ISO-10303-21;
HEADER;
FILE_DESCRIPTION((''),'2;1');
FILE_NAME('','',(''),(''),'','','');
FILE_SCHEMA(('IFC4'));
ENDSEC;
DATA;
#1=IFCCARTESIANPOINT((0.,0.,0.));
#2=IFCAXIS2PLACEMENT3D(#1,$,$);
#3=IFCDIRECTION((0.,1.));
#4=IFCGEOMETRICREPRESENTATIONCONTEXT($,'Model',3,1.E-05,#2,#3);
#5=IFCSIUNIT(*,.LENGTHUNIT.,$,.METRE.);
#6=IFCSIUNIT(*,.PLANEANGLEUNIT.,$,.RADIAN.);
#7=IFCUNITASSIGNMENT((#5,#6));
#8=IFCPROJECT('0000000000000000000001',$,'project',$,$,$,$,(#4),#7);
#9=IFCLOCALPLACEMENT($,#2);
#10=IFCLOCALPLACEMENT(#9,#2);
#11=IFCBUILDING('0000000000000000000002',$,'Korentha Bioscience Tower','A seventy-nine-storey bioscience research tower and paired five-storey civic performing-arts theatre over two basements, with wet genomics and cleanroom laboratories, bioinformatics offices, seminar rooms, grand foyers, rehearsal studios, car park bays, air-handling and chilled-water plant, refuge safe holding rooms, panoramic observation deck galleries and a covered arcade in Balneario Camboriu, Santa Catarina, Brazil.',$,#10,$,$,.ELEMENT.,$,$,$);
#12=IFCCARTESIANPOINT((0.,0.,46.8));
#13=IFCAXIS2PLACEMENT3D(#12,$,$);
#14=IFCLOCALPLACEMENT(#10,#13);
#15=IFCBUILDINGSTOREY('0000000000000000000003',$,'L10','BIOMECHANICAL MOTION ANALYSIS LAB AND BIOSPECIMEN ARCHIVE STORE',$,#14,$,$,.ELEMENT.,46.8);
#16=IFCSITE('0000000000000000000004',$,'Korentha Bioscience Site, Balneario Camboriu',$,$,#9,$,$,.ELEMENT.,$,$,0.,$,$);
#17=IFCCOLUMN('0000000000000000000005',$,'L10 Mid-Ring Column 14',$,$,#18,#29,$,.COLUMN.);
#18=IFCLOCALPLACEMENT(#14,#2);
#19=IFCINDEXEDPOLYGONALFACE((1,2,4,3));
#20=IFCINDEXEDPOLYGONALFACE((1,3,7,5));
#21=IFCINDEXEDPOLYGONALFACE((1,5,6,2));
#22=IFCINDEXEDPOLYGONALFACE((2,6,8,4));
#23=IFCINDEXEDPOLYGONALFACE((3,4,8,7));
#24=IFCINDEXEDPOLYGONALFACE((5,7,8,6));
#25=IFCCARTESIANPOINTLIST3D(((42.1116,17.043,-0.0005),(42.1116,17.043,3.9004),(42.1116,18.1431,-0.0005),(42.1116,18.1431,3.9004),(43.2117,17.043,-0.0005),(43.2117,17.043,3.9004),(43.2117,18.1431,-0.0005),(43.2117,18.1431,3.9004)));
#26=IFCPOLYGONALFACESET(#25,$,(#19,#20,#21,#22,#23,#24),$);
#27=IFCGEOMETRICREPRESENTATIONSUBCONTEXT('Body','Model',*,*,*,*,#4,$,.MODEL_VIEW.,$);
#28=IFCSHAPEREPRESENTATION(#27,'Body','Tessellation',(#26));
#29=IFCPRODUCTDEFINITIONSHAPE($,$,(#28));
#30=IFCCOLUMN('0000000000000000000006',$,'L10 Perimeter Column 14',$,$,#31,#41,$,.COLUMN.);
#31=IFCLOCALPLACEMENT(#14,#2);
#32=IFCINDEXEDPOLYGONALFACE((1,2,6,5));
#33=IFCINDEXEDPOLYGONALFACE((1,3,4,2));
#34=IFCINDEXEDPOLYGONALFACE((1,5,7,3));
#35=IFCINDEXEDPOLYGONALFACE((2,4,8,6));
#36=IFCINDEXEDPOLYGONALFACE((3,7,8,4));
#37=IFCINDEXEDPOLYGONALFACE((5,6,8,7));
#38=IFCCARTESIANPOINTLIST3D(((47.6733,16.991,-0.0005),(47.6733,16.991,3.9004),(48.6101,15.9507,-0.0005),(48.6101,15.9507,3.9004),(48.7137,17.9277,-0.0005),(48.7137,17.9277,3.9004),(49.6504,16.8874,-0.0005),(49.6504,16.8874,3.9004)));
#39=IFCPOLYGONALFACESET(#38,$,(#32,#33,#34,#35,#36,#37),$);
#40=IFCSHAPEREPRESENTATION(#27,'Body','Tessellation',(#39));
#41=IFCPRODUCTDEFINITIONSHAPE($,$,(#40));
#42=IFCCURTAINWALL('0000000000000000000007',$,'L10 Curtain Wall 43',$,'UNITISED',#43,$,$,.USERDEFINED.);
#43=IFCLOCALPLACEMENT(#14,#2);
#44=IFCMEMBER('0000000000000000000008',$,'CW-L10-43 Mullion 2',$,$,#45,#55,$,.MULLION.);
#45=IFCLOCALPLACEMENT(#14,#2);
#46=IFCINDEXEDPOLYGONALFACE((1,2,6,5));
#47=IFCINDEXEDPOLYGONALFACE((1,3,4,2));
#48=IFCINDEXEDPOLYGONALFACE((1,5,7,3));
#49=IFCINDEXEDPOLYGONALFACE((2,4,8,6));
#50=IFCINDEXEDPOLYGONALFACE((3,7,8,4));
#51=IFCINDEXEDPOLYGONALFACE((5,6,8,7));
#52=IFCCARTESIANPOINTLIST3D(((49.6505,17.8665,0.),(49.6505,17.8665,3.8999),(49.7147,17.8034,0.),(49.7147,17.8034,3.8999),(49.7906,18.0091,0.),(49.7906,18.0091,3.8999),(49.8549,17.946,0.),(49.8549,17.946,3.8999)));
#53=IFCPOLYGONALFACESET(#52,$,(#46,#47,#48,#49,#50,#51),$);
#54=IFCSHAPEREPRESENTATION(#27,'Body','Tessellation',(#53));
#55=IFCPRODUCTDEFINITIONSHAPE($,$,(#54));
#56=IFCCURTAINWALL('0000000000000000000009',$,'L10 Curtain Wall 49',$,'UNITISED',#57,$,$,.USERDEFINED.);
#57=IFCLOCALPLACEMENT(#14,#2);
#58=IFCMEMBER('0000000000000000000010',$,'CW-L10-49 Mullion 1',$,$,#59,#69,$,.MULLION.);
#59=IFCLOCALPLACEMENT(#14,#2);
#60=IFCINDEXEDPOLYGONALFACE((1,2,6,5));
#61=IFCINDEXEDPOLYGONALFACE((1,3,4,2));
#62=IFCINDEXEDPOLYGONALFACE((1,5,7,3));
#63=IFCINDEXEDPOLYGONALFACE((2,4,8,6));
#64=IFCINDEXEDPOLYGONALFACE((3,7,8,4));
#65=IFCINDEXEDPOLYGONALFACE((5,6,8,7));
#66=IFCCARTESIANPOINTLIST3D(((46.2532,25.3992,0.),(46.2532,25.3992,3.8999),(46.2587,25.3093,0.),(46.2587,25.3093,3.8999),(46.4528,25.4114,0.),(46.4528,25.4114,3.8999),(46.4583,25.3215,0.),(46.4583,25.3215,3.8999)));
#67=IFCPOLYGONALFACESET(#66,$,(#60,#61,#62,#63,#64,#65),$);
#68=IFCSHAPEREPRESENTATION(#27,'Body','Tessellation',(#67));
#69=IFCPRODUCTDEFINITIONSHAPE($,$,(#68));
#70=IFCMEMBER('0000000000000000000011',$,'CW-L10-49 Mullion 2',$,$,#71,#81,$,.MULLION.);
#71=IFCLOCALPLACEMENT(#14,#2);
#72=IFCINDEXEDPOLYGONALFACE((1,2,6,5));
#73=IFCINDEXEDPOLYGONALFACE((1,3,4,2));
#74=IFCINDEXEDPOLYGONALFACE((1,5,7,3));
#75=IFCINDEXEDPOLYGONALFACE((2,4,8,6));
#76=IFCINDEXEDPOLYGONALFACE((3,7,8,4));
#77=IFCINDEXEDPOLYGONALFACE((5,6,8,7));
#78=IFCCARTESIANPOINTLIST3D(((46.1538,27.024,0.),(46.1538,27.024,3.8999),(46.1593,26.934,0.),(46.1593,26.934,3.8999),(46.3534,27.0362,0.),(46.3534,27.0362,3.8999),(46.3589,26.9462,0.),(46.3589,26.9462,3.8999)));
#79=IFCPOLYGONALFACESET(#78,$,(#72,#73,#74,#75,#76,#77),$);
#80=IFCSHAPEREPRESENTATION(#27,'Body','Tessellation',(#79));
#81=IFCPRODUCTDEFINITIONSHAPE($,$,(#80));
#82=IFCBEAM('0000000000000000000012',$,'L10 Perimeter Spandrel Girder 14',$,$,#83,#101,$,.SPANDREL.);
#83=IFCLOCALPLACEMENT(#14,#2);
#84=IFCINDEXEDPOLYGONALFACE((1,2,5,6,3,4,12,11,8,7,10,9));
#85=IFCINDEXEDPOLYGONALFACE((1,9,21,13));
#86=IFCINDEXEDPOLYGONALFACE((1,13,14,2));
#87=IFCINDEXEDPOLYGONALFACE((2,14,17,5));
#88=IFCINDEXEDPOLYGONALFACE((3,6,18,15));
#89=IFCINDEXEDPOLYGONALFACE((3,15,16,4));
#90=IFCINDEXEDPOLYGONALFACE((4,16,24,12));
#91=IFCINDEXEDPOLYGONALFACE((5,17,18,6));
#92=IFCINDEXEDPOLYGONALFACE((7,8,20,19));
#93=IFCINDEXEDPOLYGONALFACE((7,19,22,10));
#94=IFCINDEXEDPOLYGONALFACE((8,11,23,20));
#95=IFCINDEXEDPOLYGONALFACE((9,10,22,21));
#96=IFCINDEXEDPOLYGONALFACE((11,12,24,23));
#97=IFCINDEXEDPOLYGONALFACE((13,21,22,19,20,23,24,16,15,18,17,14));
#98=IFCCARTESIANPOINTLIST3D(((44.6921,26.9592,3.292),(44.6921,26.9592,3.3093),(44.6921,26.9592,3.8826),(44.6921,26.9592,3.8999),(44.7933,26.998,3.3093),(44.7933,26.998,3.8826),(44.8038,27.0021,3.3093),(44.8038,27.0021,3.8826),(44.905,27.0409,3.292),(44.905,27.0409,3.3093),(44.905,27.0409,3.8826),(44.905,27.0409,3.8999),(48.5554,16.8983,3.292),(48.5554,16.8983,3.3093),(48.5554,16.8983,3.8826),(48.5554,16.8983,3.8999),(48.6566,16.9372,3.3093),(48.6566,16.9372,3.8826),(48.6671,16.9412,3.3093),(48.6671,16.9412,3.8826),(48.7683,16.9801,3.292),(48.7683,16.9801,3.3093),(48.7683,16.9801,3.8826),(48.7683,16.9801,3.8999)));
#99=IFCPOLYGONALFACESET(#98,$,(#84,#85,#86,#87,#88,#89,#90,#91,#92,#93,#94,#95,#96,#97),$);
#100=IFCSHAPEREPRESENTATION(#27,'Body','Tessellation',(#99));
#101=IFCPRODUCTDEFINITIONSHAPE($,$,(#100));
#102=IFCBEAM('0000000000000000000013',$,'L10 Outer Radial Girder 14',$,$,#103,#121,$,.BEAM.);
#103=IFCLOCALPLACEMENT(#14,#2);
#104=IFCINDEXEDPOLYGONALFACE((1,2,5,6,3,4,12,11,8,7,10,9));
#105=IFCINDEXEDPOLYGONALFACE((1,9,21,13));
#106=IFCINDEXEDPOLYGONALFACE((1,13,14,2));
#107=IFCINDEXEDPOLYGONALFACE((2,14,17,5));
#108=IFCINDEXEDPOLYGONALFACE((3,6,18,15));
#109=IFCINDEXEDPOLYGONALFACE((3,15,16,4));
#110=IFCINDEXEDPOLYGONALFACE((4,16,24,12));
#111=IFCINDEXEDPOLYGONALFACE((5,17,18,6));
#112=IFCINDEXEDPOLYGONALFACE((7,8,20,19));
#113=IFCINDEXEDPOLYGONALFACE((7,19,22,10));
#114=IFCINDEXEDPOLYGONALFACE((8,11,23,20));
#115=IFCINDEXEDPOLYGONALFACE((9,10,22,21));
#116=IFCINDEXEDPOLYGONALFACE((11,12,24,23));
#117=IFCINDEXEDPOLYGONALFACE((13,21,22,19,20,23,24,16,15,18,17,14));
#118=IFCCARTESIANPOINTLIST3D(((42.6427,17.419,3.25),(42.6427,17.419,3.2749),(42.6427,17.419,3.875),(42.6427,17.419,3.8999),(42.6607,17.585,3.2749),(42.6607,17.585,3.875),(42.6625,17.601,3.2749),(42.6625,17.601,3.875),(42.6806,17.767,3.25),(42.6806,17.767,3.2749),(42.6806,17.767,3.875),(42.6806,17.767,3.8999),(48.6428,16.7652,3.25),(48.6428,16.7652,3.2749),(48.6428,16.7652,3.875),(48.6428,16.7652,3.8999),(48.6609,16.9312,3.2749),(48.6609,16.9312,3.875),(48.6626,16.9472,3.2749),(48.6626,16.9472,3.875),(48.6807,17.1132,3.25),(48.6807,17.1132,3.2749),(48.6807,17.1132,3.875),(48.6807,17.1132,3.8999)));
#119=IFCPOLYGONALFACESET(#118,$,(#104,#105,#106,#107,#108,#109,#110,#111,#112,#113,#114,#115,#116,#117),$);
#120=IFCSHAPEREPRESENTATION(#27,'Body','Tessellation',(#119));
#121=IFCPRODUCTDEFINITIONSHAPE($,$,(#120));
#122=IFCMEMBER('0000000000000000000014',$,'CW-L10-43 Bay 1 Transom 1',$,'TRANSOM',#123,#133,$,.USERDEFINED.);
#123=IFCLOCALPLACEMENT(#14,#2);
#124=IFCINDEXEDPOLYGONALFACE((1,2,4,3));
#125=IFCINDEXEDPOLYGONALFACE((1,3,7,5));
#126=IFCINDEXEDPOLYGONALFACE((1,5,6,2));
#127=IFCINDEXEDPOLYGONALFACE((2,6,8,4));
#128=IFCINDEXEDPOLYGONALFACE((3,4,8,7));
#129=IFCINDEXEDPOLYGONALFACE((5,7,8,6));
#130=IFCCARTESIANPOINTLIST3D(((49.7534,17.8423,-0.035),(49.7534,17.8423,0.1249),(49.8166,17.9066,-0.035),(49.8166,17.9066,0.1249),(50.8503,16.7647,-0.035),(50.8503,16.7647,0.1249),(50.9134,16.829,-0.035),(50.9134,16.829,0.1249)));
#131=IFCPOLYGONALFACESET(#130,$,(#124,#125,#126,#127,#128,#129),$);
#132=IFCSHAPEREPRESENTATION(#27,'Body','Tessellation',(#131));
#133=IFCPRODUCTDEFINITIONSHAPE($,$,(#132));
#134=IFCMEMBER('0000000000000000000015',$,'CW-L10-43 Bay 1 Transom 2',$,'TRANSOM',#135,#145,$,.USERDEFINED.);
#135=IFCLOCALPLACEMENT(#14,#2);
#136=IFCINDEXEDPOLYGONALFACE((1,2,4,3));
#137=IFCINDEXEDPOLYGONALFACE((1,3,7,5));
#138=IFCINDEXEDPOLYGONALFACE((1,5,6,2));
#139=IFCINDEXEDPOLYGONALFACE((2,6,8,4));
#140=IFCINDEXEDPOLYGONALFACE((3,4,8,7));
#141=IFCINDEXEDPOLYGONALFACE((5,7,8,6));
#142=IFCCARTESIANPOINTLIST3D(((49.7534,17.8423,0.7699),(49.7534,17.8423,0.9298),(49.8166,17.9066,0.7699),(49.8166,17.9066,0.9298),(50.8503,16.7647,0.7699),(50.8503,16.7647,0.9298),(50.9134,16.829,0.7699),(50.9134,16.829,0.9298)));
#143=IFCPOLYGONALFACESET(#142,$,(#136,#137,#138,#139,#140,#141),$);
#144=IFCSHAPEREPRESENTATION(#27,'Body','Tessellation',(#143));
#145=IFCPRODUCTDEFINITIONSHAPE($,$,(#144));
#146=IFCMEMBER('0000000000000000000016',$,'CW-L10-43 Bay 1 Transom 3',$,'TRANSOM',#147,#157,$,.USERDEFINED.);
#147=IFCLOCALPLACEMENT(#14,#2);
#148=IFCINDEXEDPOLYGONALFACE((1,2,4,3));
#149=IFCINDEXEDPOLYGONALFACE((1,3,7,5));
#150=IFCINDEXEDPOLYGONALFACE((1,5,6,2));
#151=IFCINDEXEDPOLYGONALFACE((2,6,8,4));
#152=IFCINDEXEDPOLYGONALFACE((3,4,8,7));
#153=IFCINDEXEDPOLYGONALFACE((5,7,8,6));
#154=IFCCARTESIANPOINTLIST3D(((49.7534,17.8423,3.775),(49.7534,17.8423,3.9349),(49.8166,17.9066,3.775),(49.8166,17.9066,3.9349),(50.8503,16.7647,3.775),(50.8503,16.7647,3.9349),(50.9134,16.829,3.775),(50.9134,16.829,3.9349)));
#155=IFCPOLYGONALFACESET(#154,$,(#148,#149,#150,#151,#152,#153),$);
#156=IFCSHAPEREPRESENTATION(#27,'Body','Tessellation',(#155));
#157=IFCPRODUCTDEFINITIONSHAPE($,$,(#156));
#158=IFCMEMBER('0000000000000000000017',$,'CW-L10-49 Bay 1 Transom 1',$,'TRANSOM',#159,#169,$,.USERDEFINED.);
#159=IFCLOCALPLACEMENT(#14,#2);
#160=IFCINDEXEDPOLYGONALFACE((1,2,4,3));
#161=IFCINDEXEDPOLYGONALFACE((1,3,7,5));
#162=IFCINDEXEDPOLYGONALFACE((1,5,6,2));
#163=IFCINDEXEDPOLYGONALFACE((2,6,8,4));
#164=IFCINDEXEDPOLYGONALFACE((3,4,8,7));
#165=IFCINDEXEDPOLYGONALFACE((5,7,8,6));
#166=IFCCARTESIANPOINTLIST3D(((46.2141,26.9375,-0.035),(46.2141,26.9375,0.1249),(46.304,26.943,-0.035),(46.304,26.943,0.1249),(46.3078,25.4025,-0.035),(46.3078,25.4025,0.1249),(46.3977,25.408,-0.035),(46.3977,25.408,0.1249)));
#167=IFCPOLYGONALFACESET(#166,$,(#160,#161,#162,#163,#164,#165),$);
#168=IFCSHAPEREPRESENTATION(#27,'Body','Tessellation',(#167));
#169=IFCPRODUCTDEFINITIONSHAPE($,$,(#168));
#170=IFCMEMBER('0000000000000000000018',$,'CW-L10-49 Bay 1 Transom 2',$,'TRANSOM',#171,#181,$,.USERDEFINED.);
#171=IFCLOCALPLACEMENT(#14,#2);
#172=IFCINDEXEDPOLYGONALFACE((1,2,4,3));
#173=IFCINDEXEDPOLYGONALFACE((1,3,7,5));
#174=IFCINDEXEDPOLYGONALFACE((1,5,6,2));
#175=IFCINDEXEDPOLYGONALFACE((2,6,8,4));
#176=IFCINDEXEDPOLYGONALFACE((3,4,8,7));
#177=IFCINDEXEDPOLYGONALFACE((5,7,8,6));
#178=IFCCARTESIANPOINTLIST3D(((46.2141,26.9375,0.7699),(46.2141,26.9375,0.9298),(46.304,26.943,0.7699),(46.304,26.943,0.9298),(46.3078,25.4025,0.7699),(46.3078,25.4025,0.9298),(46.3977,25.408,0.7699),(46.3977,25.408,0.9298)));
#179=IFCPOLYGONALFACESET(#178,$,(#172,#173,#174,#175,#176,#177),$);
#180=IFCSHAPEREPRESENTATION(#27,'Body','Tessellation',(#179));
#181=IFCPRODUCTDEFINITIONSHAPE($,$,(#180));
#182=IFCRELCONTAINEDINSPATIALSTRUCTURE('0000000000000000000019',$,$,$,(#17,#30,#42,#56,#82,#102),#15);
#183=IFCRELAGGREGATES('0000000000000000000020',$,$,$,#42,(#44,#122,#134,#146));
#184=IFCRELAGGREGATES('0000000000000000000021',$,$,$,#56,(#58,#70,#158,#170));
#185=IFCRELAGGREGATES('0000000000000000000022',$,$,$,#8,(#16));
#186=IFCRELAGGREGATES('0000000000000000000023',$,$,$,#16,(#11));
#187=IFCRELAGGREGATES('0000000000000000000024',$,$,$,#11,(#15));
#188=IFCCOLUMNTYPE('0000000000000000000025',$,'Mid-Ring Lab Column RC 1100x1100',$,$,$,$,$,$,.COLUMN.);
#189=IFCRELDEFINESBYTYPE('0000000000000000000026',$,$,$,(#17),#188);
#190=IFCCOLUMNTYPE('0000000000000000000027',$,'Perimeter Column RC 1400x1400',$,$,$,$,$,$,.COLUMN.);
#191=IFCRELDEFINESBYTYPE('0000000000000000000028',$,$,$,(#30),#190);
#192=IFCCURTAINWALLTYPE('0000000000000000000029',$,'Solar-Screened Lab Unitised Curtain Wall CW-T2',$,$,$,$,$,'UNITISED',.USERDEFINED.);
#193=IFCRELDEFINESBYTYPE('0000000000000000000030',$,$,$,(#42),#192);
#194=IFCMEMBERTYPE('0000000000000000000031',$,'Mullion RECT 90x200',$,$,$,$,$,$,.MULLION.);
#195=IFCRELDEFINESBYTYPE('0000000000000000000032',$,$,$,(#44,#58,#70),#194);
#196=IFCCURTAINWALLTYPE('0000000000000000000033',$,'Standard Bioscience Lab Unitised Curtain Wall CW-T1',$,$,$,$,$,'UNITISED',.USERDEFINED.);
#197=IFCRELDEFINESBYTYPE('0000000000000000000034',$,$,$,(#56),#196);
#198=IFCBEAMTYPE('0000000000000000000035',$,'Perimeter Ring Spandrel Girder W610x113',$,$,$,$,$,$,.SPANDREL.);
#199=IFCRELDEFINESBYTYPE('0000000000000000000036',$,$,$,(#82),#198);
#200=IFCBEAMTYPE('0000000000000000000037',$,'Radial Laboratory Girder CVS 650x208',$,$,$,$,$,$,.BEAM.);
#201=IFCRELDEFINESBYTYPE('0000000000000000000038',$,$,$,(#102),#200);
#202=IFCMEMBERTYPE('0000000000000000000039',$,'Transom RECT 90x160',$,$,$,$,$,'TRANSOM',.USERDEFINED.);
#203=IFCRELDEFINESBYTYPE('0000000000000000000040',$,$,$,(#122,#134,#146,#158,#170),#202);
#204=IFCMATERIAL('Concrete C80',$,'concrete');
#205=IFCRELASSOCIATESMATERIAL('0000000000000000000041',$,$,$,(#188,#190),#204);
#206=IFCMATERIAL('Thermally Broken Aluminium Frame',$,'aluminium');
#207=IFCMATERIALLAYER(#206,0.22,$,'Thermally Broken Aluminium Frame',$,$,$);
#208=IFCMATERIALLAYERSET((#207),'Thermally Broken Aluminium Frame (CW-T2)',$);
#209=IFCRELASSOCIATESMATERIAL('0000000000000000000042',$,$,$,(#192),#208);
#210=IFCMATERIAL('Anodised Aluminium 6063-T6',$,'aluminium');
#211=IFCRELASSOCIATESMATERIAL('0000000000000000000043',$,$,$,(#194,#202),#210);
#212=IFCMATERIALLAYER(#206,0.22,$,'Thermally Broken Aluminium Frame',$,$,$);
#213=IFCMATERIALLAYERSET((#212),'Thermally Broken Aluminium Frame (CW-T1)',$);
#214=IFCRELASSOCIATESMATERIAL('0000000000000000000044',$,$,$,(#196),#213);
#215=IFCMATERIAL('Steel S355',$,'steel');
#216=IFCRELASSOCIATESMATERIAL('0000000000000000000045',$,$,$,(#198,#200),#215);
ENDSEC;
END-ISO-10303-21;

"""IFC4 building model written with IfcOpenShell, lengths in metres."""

from ifc_helpers import new_model, si_unit, direction, frame, origin, origin_2d, place, context, subcontext, project, spatial, rectangle, i_section, extrude, material, layer, layer_set, material_profile, profile_set, type_object, element, aggregate, save


model = new_model("IFC4")

# Units and contexts
model_context = context("Model", 3, precision=1e-05, world=origin(), true_north=direction((0.0, 1.0)))
body_context = subcontext(model_context, "Body", "Model", "MODEL_VIEW")
ifc_project = project(units=[si_unit("LENGTHUNIT", "METRE"), si_unit("PLANEANGLEUNIT", "RADIAN")], contexts=[model_context])

# Site, building, storey
site_placement = place(None, origin())
site = spatial("IfcSite", under=ifc_project, at=site_placement, Name="Korentha Bioscience Site, Balneario Camboriu", CompositionType="ELEMENT", RefElevation=0.0)
building_placement = place(site_placement, origin())
building = spatial("IfcBuilding", under=site, at=building_placement, Name="Korentha Bioscience Tower", Description="A seventy-nine-storey bioscience research tower and paired five-storey civic performing-arts theatre over two basements, with wet genomics and cleanroom laboratories, bioinformatics offices, seminar rooms, grand foyers, rehearsal studios, car park bays, air-handling and chilled-water plant, refuge safe holding rooms, panoramic observation deck galleries and a covered arcade in Balneario Camboriu, Santa Catarina, Brazil.", CompositionType="ELEMENT")
storey_placement = place(building_placement, frame((0.0, 0.0, 46.8)))
storey = spatial("IfcBuildingStorey", under=building, at=storey_placement, Name="L10", Description="BIOMECHANICAL MOTION ANALYSIS LAB AND BIOSPECIMEN ARCHIVE STORE", CompositionType="ELEMENT", Elevation=46.8)

# Columns
ifc_material_1 = material(Name="Concrete C80", Category="concrete")
ifc_material_profile_1 = material_profile(ifc_material_1, rectangle(XDim=1.1001, YDim=1.1001, at=origin_2d()), Name="Concrete C80")
ifc_profile_set_1 = profile_set([ifc_material_profile_1], Name="Concrete C80 (COL-MR11)")
column_type_1 = type_object("IfcColumnType", Name="Mid-Ring Lab Column RC 1100x1100", PredefinedType="COLUMN", material=ifc_profile_set_1)
column_1_placement = place(storey_placement, frame((42.6616, 17.593, -0.0005), z_axis=(0.0, 0.0, 1.0), x_axis=(1.0, 0.0, 0.0)))
element("IfcColumn", 1, at=column_1_placement, inside=storey, type_object=column_type_1, Name="L10 Mid-Ring Column 14", PredefinedType="COLUMN", context=body_context, shape_type="SweptSolid", body=[
    extrude(rectangle(XDim=1.1001, YDim=1.1001, at=origin_2d()), origin(), (0.0, 0.0, 1.0), 3.9009),
])
ifc_material_profile_2 = material_profile(ifc_material_1, rectangle(XDim=1.3999, YDim=1.3999, at=origin_2d()), Name="Concrete C80")
ifc_profile_set_2 = profile_set([ifc_material_profile_2], Name="Concrete C80 (COL-P14)")
column_type_2 = type_object("IfcColumnType", Name="Perimeter Column RC 1400x1400", PredefinedType="COLUMN", material=ifc_profile_set_2)
column_2_placement = place(storey_placement, frame((48.6619, 16.9392, -0.0005), z_axis=(0.0, 0.0, 1.0), x_axis=(-0.669131, 0.743145, 0.0)))
element("IfcColumn", 2, at=column_2_placement, inside=storey, type_object=column_type_2, Name="L10 Perimeter Column 14", PredefinedType="COLUMN", context=body_context, shape_type="SweptSolid", body=[
    extrude(rectangle(XDim=1.3999, YDim=1.3999, at=origin_2d()), origin(), (0.0, 0.0, 1.0), 3.9009),
])

# Curtain wall, member
ifc_material_2 = material(Name="Thermally Broken Aluminium Frame", Category="aluminium")
ifc_layer_1 = layer(ifc_material_2, 0.22, Name="Thermally Broken Aluminium Frame")
ifc_layer_set_1 = layer_set([ifc_layer_1], Name="Thermally Broken Aluminium Frame (CW-T2)")
curtain_wall_type_1 = type_object("IfcCurtainWallType", Name="Solar-Screened Lab Unitised Curtain Wall CW-T2", ElementType="UNITISED", PredefinedType="USERDEFINED", material=ifc_layer_set_1)
curtain_wall_1_placement = place(storey_placement, origin())
curtain_wall_1 = element("IfcCurtainWall", 3, at=curtain_wall_1_placement, inside=storey, type_object=curtain_wall_type_1, Name="L10 Curtain Wall 43", ObjectType="UNITISED", PredefinedType="USERDEFINED")
ifc_material_3 = material(Name="Anodised Aluminium 6063-T6", Category="aluminium")
ifc_material_profile_3 = material_profile(ifc_material_3, rectangle(XDim=0.0901, YDim=0.2, at=origin_2d()), Name="Anodised Aluminium 6063-T6")
ifc_profile_set_3 = profile_set([ifc_material_profile_3], Name="Anodised Aluminium 6063-T6 (CW-MUL)")
member_type_1 = type_object("IfcMemberType", Name="Mullion RECT 90x200", PredefinedType="MULLION", material=ifc_profile_set_3)
member_1_placement = place(storey_placement, frame((49.7527, 17.9062, 0.0), z_axis=(0.0, 0.0, 1.0), x_axis=(-0.713279, 0.70088, 0.0)))
member_1 = element("IfcMember", 4, at=member_1_placement, type_object=member_type_1, Name="CW-L10-43 Mullion 2", PredefinedType="MULLION", context=body_context, shape_type="SweptSolid", body=[
    extrude(rectangle(XDim=0.0901, YDim=0.2, at=origin_2d()), origin(), (0.0, 0.0, 1.0), 3.8999),
])

# Curtain wall, members
ifc_layer_2 = layer(ifc_material_2, 0.22, Name="Thermally Broken Aluminium Frame")
ifc_layer_set_2 = layer_set([ifc_layer_2], Name="Thermally Broken Aluminium Frame (CW-T1)")
curtain_wall_type_2 = type_object("IfcCurtainWallType", Name="Standard Bioscience Lab Unitised Curtain Wall CW-T1", ElementType="UNITISED", PredefinedType="USERDEFINED", material=ifc_layer_set_2)
curtain_wall_2_placement = place(storey_placement, origin())
curtain_wall_2 = element("IfcCurtainWall", 5, at=curtain_wall_2_placement, inside=storey, type_object=curtain_wall_type_2, Name="L10 Curtain Wall 49", ObjectType="UNITISED", PredefinedType="USERDEFINED")
member_2_placement = place(storey_placement, frame((46.3557, 25.3604, 0.0), z_axis=(0.0, 0.0, 1.0), x_axis=(-0.061008, 0.998137, 0.0)))
member_2 = element("IfcMember", 6, at=member_2_placement, type_object=member_type_1, Name="CW-L10-49 Mullion 1", PredefinedType="MULLION", context=body_context, shape_type="SweptSolid", body=[
    extrude(rectangle(XDim=0.0901, YDim=0.2, at=origin_2d()), origin(), (0.0, 0.0, 1.0), 3.8999),
])
member_3_placement = place(storey_placement, frame((46.2563, 26.9851, 0.0), z_axis=(0.0, 0.0, 1.0), x_axis=(-0.061008, 0.998137, 0.0)))
member_3 = element("IfcMember", 7, at=member_3_placement, type_object=member_type_1, Name="CW-L10-49 Mullion 2", PredefinedType="MULLION", context=body_context, shape_type="SweptSolid", body=[
    extrude(rectangle(XDim=0.0901, YDim=0.2, at=origin_2d()), origin(), (0.0, 0.0, 1.0), 3.8999),
])

# Beams
ifc_material_4 = material(Name="Steel S355", Category="steel")
ifc_material_profile_4 = material_profile(ifc_material_4, i_section(OverallWidth=0.228, OverallDepth=0.6079, WebThickness=0.0112, FlangeThickness=0.0173, at=origin_2d()), Name="Steel S355")
ifc_profile_set_4 = profile_set([ifc_material_profile_4], Name="Steel S355 (SB-610)")
beam_type_1 = type_object("IfcBeamType", Name="Perimeter Ring Spandrel Girder W610x113", PredefinedType="SPANDREL", material=ifc_profile_set_4)
beam_1_placement = place(storey_placement, frame((48.6619, 16.9392, 3.5959), z_axis=(-0.358474, 0.93354, 0.0), x_axis=(-0.93354, -0.358474, 0.0)))
element("IfcBeam", 8, at=beam_1_placement, inside=storey, type_object=beam_type_1, Name="L10 Perimeter Spandrel Girder 14", PredefinedType="SPANDREL", context=body_context, shape_type="SweptSolid", body=[
    extrude(i_section(OverallWidth=0.228, OverallDepth=0.6079, WebThickness=0.0112, FlangeThickness=0.0173, at=origin_2d()), origin(), (0.0, 0.0, 1.0), 10.7771),
])
ifc_material_profile_5 = material_profile(ifc_material_4, i_section(OverallWidth=0.3501, OverallDepth=0.6499, WebThickness=0.0161, FlangeThickness=0.0249, at=origin_2d()), Name="Steel S355")
ifc_profile_set_5 = profile_set([ifc_material_profile_5], Name="Steel S355 (RB-650)")
beam_type_2 = type_object("IfcBeamType", Name="Radial Laboratory Girder CVS 650x208", PredefinedType="BEAM", material=ifc_profile_set_5)
beam_2_placement = place(storey_placement, frame((42.6616, 17.593, 3.575), z_axis=(0.994116, -0.108323, 0.0), x_axis=(0.108323, 0.994116, 0.0)))
element("IfcBeam", 9, at=beam_2_placement, inside=storey, type_object=beam_type_2, Name="L10 Outer Radial Girder 14", PredefinedType="BEAM", context=body_context, shape_type="SweptSolid", body=[
    extrude(i_section(OverallWidth=0.3501, OverallDepth=0.6499, WebThickness=0.0161, FlangeThickness=0.0249, at=origin_2d()), origin(), (0.0, 0.0, 1.0), 6.0356),
])

# Members
ifc_material_profile_6 = material_profile(ifc_material_3, rectangle(XDim=0.0901, YDim=0.1599, at=origin_2d()), Name="Anodised Aluminium 6063-T6")
ifc_profile_set_6 = profile_set([ifc_material_profile_6], Name="Anodised Aluminium 6063-T6 (CW-TRN)")
member_type_2 = type_object("IfcMemberType", Name="Transom RECT 90x160", ElementType="TRANSOM", PredefinedType="USERDEFINED", material=ifc_profile_set_6)
member_4_placement = place(storey_placement, frame((50.8818, 16.7969, 0.0449), z_axis=(-0.71335, 0.700808, 0.0), x_axis=(-0.700808, -0.71335, 0.0)))
member_4 = element("IfcMember", 10, at=member_4_placement, type_object=member_type_2, Name="CW-L10-43 Bay 1 Transom 1", ObjectType="TRANSOM", PredefinedType="USERDEFINED", context=body_context, shape_type="SweptSolid", body=[
    extrude(rectangle(XDim=0.0901, YDim=0.1599, at=origin_2d()), origin(), (0.0, 0.0, 1.0), 1.5376),
])
member_5_placement = place(storey_placement, frame((50.8818, 16.7969, 0.8499), z_axis=(-0.71335, 0.700808, 0.0), x_axis=(-0.700808, -0.71335, 0.0)))
member_5 = element("IfcMember", 11, at=member_5_placement, type_object=member_type_2, Name="CW-L10-43 Bay 1 Transom 2", ObjectType="TRANSOM", PredefinedType="USERDEFINED", context=body_context, shape_type="SweptSolid", body=[
    extrude(rectangle(XDim=0.0901, YDim=0.1599, at=origin_2d()), origin(), (0.0, 0.0, 1.0), 1.5376),
])
member_6_placement = place(storey_placement, frame((50.8818, 16.7969, 3.855), z_axis=(-0.71335, 0.700808, 0.0), x_axis=(-0.700808, -0.71335, 0.0)))
member_6 = element("IfcMember", 12, at=member_6_placement, type_object=member_type_2, Name="CW-L10-43 Bay 1 Transom 3", ObjectType="TRANSOM", PredefinedType="USERDEFINED", context=body_context, shape_type="SweptSolid", body=[
    extrude(rectangle(XDim=0.0901, YDim=0.1599, at=origin_2d()), origin(), (0.0, 0.0, 1.0), 1.5376),
])
member_7_placement = place(storey_placement, frame((46.3528, 25.4053, 0.0449), z_axis=(-0.060965, 0.99814, 0.0), x_axis=(-0.99814, -0.060965, 0.0)))
member_7 = element("IfcMember", 13, at=member_7_placement, type_object=member_type_2, Name="CW-L10-49 Bay 1 Transom 1", ObjectType="TRANSOM", PredefinedType="USERDEFINED", context=body_context, shape_type="SweptSolid", body=[
    extrude(rectangle(XDim=0.0901, YDim=0.1599, at=origin_2d()), origin(), (0.0, 0.0, 1.0), 1.5378),
])
member_8_placement = place(storey_placement, frame((46.3528, 25.4053, 0.8499), z_axis=(-0.060965, 0.99814, 0.0), x_axis=(-0.99814, -0.060965, 0.0)))
member_8 = element("IfcMember", 14, at=member_8_placement, type_object=member_type_2, Name="CW-L10-49 Bay 1 Transom 2", ObjectType="TRANSOM", PredefinedType="USERDEFINED", context=body_context, shape_type="SweptSolid", body=[
    extrude(rectangle(XDim=0.0901, YDim=0.1599, at=origin_2d()), origin(), (0.0, 0.0, 1.0), 1.5378),
])

aggregate(curtain_wall_1, [member_1, member_4, member_5, member_6])
aggregate(curtain_wall_2, [member_2, member_3, member_7, member_8])

save(model, "model.ifc")
